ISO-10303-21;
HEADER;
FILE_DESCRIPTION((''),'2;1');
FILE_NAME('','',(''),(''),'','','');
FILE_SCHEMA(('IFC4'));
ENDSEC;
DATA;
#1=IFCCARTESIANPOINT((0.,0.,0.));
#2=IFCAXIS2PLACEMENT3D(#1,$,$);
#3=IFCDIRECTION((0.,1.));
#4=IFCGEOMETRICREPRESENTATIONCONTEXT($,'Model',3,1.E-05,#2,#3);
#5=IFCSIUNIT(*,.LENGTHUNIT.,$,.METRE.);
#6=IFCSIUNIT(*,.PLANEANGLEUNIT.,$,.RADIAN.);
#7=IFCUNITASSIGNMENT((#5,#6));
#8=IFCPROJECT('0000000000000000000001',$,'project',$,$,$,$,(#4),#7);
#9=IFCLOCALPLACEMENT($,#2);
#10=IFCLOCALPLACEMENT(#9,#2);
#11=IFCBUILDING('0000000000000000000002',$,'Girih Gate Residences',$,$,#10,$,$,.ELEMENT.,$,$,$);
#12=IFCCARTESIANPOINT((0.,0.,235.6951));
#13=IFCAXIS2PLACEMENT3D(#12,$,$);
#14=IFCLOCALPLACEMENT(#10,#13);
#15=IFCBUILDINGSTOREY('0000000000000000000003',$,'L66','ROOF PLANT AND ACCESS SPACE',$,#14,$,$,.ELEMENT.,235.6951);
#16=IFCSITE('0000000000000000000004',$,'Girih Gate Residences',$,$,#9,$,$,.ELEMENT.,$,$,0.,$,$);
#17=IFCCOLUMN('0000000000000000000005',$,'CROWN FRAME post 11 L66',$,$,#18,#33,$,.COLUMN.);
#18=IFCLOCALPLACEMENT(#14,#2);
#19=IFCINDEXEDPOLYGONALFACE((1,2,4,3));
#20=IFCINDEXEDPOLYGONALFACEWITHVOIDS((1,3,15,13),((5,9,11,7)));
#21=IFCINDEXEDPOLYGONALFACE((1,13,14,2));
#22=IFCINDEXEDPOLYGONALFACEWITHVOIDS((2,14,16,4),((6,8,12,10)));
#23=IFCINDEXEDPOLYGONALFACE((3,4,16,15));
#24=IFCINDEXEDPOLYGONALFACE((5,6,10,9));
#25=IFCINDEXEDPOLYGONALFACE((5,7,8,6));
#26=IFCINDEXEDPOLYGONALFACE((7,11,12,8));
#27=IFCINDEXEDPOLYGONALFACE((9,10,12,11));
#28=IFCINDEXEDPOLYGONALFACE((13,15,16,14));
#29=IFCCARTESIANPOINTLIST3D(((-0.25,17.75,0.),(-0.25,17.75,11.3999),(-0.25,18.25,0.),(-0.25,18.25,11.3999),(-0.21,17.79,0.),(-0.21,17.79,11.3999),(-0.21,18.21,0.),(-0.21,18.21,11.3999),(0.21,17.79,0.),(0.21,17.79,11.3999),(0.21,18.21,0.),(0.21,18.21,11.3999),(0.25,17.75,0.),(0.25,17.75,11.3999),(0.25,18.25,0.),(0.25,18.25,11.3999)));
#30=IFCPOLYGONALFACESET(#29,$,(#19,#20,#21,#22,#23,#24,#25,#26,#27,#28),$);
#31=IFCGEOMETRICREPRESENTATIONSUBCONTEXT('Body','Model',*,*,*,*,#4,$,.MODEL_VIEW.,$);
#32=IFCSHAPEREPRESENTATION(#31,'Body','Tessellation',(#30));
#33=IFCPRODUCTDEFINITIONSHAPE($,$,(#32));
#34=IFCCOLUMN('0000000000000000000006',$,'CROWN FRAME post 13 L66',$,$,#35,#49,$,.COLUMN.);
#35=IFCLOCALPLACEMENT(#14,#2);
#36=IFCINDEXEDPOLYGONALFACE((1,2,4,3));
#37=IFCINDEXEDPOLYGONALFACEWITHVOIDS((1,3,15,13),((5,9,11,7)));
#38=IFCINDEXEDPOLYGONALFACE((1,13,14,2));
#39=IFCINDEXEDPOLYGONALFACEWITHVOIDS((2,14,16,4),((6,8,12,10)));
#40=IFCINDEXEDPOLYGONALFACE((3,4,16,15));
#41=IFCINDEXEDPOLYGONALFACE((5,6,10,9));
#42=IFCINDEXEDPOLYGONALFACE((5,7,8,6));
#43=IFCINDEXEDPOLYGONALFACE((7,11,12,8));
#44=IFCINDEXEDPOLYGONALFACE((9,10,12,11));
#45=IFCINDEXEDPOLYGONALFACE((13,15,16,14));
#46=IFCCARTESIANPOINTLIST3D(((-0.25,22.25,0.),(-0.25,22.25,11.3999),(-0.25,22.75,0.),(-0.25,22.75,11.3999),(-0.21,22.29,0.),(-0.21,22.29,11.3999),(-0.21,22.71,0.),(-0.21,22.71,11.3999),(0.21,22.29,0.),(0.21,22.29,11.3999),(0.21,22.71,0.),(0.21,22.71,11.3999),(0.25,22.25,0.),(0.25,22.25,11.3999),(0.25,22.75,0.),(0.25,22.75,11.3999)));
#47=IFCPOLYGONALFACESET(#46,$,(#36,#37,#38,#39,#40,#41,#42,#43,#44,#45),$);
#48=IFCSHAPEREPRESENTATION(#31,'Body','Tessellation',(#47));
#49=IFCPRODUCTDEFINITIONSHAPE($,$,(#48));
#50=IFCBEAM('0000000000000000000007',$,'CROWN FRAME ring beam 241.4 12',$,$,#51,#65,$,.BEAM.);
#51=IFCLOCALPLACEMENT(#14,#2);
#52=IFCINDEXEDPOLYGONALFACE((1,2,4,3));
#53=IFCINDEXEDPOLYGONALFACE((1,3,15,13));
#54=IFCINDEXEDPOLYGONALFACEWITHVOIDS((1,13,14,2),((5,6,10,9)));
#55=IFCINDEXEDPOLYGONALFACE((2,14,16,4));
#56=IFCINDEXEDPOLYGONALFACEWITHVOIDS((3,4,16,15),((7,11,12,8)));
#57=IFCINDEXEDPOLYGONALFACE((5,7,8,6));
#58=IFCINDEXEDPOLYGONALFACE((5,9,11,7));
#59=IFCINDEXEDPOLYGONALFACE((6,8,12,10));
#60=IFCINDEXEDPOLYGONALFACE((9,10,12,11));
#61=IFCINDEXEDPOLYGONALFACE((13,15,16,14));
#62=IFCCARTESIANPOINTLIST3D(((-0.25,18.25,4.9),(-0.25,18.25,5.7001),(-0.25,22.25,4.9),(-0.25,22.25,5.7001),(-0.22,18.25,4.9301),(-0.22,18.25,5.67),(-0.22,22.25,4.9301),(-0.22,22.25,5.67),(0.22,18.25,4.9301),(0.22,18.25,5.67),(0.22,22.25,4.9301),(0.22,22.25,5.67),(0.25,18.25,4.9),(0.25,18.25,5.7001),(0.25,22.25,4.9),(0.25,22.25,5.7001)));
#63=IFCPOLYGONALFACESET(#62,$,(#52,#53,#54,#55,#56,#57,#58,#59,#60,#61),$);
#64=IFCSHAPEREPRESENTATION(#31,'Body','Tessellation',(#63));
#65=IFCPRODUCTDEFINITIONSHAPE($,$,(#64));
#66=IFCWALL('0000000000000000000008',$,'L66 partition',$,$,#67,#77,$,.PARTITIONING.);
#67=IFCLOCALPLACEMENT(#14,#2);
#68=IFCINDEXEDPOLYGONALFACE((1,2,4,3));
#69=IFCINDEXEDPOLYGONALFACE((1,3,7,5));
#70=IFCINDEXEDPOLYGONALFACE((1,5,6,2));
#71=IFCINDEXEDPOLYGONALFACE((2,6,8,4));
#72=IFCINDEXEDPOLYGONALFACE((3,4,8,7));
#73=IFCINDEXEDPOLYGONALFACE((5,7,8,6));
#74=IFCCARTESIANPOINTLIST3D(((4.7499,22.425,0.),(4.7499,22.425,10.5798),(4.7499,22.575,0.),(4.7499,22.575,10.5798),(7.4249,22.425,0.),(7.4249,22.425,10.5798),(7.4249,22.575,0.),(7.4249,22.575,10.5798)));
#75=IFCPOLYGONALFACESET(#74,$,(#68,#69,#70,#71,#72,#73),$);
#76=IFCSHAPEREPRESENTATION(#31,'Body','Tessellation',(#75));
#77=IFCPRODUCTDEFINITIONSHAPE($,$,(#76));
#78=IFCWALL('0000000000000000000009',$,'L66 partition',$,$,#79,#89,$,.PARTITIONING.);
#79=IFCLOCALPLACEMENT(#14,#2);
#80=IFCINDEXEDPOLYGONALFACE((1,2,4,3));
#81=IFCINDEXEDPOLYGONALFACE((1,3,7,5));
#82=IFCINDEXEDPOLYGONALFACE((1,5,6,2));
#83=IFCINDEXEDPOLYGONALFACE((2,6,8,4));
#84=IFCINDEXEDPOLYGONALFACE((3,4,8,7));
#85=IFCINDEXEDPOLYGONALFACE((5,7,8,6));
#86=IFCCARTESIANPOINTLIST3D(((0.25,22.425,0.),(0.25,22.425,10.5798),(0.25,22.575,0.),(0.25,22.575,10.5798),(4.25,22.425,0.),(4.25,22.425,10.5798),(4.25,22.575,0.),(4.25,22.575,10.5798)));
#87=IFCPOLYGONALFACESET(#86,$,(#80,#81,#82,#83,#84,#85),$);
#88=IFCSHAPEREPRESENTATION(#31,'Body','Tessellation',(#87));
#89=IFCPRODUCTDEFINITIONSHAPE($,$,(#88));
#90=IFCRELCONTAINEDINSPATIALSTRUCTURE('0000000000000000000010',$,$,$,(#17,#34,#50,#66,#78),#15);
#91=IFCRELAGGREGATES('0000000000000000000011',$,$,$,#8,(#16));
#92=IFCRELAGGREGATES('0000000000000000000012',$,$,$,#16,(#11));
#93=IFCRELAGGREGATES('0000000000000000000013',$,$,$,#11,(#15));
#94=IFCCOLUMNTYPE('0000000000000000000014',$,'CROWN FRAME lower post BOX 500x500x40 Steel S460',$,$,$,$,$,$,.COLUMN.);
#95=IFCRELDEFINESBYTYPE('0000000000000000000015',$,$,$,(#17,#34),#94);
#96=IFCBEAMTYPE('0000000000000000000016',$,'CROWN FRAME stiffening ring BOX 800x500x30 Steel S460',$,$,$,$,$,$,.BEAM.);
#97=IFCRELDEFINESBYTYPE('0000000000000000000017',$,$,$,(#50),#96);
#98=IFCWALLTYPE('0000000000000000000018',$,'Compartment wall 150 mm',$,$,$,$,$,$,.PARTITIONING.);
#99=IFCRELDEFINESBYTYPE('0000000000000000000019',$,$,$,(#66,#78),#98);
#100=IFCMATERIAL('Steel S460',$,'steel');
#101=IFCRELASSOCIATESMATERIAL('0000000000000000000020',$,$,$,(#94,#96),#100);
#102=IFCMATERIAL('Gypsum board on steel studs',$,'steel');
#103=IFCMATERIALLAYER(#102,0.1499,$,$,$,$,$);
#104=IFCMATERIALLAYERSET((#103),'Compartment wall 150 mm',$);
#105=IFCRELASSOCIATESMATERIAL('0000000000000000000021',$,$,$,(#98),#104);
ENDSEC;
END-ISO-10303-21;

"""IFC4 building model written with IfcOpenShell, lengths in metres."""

from ifc_helpers import new_model, si_unit, direction, frame, frame_2d, origin, origin_2d, place, context, subcontext, project, spatial, rectangle, hollow_rectangle, extrude, material, layer, layer_set, material_profile, profile_set, type_object, element, save


model = new_model("IFC4")

# Units and contexts
model_context = context("Model", 3, precision=1e-05, world=origin(), true_north=direction((0.0, 1.0)))
body_context = subcontext(model_context, "Body", "Model", "MODEL_VIEW")
ifc_project = project(units=[si_unit("LENGTHUNIT", "METRE"), si_unit("PLANEANGLEUNIT", "RADIAN")], contexts=[model_context])

# Site, building, storey
site_placement = place(None, origin())
site = spatial("IfcSite", under=ifc_project, at=site_placement, Name="Girih Gate Residences", CompositionType="ELEMENT", RefElevation=0.0)
building_placement = place(site_placement, origin())
building = spatial("IfcBuilding", under=site, at=building_placement, Name="Girih Gate Residences", CompositionType="ELEMENT")
storey_placement = place(building_placement, frame((0.0, 0.0, 235.6951)))
storey = spatial("IfcBuildingStorey", under=building, at=storey_placement, Name="L66", Description="ROOF PLANT AND ACCESS SPACE", CompositionType="ELEMENT", Elevation=235.6951)

# Columns
ifc_material_1 = material(Name="Steel S460", Category="steel")
ifc_material_profile_1 = material_profile(ifc_material_1, hollow_rectangle(XDim=0.5, YDim=0.5, WallThickness=0.04, at=origin_2d()))
ifc_profile_set_1 = profile_set([ifc_material_profile_1], Name="Steel S460")
column_type = type_object("IfcColumnType", Name="CROWN FRAME lower post BOX 500x500x40 Steel S460", PredefinedType="COLUMN", material=ifc_profile_set_1)
for number, where, z_axis, x_axis, name in (
    (1, (0.0, 18.0, 0.0), (0.0, 0.0, 1.0), (1.0, 0.0, 0.0), "CROWN FRAME post 11 L66"),
    (2, (0.0, 22.5, 0.0), (0.0, 0.0, 1.0), (1.0, 0.0, 0.0), "CROWN FRAME post 13 L66"),
):
    element("IfcColumn", number, at=place(storey_placement, frame(where, z_axis=z_axis, x_axis=x_axis)), inside=storey, type_object=column_type, Name=name, PredefinedType="COLUMN", context=body_context, shape_type="SweptSolid", body=[
        extrude(hollow_rectangle(XDim=0.5, YDim=0.5, WallThickness=0.04, at=origin_2d()), origin(), (0.0, 0.0, 1.0), 11.3999),
    ])

# Beam
ifc_material_profile_2 = material_profile(ifc_material_1, hollow_rectangle(XDim=0.5, YDim=0.8, WallThickness=0.03, at=origin_2d()))
ifc_profile_set_2 = profile_set([ifc_material_profile_2], Name="Steel S460")
beam_type = type_object("IfcBeamType", Name="CROWN FRAME stiffening ring BOX 800x500x30 Steel S460", PredefinedType="BEAM", material=ifc_profile_set_2)
beam_placement = place(storey_placement, frame((0.0, 22.25, 5.3), z_axis=(0.0, -1.0, 0.0), x_axis=(1.0, 0.0, 0.0)))
element("IfcBeam", 3, at=beam_placement, inside=storey, type_object=beam_type, Name="CROWN FRAME ring beam 241.4 12", PredefinedType="BEAM", context=body_context, shape_type="SweptSolid", body=[
    extrude(hollow_rectangle(XDim=0.5, YDim=0.8, WallThickness=0.03, at=origin_2d()), origin(), (0.0, 0.0, 1.0), 4.0),
])

# Walls
ifc_material_2 = material(Name="Gypsum board on steel studs", Category="steel")
ifc_layer = layer(ifc_material_2, 0.1499)
ifc_layer_set = layer_set([ifc_layer], Name="Compartment wall 150 mm")
wall_type = type_object("IfcWallType", Name="Compartment wall 150 mm", PredefinedType="PARTITIONING", material=ifc_layer_set)
wall_1_placement = place(storey_placement, frame((4.75, 22.5, 0.0), z_axis=(0.0, 0.0, 1.0), x_axis=(1.0, 0.0, 0.0)))
element("IfcWall", 4, at=wall_1_placement, inside=storey, type_object=wall_type, Name="L66 partition", PredefinedType="PARTITIONING", context=body_context, shape_type="SweptSolid", body=[
    extrude(rectangle(XDim=2.675, YDim=0.1499, at=frame_2d((1.3374, 0.0))), origin(), (0.0, 0.0, 1.0), 10.5798),
])
wall_2_placement = place(storey_placement, frame((0.25, 22.5, 0.0), z_axis=(0.0, 0.0, 1.0), x_axis=(1.0, 0.0, 0.0)))
element("IfcWall", 5, at=wall_2_placement, inside=storey, type_object=wall_type, Name="L66 partition", PredefinedType="PARTITIONING", context=body_context, shape_type="SweptSolid", body=[
    extrude(rectangle(XDim=4.0, YDim=0.1499, at=frame_2d((2.0, 0.0))), origin(), (0.0, 0.0, 1.0), 10.5798),
])

save(model, "model.ifc")
